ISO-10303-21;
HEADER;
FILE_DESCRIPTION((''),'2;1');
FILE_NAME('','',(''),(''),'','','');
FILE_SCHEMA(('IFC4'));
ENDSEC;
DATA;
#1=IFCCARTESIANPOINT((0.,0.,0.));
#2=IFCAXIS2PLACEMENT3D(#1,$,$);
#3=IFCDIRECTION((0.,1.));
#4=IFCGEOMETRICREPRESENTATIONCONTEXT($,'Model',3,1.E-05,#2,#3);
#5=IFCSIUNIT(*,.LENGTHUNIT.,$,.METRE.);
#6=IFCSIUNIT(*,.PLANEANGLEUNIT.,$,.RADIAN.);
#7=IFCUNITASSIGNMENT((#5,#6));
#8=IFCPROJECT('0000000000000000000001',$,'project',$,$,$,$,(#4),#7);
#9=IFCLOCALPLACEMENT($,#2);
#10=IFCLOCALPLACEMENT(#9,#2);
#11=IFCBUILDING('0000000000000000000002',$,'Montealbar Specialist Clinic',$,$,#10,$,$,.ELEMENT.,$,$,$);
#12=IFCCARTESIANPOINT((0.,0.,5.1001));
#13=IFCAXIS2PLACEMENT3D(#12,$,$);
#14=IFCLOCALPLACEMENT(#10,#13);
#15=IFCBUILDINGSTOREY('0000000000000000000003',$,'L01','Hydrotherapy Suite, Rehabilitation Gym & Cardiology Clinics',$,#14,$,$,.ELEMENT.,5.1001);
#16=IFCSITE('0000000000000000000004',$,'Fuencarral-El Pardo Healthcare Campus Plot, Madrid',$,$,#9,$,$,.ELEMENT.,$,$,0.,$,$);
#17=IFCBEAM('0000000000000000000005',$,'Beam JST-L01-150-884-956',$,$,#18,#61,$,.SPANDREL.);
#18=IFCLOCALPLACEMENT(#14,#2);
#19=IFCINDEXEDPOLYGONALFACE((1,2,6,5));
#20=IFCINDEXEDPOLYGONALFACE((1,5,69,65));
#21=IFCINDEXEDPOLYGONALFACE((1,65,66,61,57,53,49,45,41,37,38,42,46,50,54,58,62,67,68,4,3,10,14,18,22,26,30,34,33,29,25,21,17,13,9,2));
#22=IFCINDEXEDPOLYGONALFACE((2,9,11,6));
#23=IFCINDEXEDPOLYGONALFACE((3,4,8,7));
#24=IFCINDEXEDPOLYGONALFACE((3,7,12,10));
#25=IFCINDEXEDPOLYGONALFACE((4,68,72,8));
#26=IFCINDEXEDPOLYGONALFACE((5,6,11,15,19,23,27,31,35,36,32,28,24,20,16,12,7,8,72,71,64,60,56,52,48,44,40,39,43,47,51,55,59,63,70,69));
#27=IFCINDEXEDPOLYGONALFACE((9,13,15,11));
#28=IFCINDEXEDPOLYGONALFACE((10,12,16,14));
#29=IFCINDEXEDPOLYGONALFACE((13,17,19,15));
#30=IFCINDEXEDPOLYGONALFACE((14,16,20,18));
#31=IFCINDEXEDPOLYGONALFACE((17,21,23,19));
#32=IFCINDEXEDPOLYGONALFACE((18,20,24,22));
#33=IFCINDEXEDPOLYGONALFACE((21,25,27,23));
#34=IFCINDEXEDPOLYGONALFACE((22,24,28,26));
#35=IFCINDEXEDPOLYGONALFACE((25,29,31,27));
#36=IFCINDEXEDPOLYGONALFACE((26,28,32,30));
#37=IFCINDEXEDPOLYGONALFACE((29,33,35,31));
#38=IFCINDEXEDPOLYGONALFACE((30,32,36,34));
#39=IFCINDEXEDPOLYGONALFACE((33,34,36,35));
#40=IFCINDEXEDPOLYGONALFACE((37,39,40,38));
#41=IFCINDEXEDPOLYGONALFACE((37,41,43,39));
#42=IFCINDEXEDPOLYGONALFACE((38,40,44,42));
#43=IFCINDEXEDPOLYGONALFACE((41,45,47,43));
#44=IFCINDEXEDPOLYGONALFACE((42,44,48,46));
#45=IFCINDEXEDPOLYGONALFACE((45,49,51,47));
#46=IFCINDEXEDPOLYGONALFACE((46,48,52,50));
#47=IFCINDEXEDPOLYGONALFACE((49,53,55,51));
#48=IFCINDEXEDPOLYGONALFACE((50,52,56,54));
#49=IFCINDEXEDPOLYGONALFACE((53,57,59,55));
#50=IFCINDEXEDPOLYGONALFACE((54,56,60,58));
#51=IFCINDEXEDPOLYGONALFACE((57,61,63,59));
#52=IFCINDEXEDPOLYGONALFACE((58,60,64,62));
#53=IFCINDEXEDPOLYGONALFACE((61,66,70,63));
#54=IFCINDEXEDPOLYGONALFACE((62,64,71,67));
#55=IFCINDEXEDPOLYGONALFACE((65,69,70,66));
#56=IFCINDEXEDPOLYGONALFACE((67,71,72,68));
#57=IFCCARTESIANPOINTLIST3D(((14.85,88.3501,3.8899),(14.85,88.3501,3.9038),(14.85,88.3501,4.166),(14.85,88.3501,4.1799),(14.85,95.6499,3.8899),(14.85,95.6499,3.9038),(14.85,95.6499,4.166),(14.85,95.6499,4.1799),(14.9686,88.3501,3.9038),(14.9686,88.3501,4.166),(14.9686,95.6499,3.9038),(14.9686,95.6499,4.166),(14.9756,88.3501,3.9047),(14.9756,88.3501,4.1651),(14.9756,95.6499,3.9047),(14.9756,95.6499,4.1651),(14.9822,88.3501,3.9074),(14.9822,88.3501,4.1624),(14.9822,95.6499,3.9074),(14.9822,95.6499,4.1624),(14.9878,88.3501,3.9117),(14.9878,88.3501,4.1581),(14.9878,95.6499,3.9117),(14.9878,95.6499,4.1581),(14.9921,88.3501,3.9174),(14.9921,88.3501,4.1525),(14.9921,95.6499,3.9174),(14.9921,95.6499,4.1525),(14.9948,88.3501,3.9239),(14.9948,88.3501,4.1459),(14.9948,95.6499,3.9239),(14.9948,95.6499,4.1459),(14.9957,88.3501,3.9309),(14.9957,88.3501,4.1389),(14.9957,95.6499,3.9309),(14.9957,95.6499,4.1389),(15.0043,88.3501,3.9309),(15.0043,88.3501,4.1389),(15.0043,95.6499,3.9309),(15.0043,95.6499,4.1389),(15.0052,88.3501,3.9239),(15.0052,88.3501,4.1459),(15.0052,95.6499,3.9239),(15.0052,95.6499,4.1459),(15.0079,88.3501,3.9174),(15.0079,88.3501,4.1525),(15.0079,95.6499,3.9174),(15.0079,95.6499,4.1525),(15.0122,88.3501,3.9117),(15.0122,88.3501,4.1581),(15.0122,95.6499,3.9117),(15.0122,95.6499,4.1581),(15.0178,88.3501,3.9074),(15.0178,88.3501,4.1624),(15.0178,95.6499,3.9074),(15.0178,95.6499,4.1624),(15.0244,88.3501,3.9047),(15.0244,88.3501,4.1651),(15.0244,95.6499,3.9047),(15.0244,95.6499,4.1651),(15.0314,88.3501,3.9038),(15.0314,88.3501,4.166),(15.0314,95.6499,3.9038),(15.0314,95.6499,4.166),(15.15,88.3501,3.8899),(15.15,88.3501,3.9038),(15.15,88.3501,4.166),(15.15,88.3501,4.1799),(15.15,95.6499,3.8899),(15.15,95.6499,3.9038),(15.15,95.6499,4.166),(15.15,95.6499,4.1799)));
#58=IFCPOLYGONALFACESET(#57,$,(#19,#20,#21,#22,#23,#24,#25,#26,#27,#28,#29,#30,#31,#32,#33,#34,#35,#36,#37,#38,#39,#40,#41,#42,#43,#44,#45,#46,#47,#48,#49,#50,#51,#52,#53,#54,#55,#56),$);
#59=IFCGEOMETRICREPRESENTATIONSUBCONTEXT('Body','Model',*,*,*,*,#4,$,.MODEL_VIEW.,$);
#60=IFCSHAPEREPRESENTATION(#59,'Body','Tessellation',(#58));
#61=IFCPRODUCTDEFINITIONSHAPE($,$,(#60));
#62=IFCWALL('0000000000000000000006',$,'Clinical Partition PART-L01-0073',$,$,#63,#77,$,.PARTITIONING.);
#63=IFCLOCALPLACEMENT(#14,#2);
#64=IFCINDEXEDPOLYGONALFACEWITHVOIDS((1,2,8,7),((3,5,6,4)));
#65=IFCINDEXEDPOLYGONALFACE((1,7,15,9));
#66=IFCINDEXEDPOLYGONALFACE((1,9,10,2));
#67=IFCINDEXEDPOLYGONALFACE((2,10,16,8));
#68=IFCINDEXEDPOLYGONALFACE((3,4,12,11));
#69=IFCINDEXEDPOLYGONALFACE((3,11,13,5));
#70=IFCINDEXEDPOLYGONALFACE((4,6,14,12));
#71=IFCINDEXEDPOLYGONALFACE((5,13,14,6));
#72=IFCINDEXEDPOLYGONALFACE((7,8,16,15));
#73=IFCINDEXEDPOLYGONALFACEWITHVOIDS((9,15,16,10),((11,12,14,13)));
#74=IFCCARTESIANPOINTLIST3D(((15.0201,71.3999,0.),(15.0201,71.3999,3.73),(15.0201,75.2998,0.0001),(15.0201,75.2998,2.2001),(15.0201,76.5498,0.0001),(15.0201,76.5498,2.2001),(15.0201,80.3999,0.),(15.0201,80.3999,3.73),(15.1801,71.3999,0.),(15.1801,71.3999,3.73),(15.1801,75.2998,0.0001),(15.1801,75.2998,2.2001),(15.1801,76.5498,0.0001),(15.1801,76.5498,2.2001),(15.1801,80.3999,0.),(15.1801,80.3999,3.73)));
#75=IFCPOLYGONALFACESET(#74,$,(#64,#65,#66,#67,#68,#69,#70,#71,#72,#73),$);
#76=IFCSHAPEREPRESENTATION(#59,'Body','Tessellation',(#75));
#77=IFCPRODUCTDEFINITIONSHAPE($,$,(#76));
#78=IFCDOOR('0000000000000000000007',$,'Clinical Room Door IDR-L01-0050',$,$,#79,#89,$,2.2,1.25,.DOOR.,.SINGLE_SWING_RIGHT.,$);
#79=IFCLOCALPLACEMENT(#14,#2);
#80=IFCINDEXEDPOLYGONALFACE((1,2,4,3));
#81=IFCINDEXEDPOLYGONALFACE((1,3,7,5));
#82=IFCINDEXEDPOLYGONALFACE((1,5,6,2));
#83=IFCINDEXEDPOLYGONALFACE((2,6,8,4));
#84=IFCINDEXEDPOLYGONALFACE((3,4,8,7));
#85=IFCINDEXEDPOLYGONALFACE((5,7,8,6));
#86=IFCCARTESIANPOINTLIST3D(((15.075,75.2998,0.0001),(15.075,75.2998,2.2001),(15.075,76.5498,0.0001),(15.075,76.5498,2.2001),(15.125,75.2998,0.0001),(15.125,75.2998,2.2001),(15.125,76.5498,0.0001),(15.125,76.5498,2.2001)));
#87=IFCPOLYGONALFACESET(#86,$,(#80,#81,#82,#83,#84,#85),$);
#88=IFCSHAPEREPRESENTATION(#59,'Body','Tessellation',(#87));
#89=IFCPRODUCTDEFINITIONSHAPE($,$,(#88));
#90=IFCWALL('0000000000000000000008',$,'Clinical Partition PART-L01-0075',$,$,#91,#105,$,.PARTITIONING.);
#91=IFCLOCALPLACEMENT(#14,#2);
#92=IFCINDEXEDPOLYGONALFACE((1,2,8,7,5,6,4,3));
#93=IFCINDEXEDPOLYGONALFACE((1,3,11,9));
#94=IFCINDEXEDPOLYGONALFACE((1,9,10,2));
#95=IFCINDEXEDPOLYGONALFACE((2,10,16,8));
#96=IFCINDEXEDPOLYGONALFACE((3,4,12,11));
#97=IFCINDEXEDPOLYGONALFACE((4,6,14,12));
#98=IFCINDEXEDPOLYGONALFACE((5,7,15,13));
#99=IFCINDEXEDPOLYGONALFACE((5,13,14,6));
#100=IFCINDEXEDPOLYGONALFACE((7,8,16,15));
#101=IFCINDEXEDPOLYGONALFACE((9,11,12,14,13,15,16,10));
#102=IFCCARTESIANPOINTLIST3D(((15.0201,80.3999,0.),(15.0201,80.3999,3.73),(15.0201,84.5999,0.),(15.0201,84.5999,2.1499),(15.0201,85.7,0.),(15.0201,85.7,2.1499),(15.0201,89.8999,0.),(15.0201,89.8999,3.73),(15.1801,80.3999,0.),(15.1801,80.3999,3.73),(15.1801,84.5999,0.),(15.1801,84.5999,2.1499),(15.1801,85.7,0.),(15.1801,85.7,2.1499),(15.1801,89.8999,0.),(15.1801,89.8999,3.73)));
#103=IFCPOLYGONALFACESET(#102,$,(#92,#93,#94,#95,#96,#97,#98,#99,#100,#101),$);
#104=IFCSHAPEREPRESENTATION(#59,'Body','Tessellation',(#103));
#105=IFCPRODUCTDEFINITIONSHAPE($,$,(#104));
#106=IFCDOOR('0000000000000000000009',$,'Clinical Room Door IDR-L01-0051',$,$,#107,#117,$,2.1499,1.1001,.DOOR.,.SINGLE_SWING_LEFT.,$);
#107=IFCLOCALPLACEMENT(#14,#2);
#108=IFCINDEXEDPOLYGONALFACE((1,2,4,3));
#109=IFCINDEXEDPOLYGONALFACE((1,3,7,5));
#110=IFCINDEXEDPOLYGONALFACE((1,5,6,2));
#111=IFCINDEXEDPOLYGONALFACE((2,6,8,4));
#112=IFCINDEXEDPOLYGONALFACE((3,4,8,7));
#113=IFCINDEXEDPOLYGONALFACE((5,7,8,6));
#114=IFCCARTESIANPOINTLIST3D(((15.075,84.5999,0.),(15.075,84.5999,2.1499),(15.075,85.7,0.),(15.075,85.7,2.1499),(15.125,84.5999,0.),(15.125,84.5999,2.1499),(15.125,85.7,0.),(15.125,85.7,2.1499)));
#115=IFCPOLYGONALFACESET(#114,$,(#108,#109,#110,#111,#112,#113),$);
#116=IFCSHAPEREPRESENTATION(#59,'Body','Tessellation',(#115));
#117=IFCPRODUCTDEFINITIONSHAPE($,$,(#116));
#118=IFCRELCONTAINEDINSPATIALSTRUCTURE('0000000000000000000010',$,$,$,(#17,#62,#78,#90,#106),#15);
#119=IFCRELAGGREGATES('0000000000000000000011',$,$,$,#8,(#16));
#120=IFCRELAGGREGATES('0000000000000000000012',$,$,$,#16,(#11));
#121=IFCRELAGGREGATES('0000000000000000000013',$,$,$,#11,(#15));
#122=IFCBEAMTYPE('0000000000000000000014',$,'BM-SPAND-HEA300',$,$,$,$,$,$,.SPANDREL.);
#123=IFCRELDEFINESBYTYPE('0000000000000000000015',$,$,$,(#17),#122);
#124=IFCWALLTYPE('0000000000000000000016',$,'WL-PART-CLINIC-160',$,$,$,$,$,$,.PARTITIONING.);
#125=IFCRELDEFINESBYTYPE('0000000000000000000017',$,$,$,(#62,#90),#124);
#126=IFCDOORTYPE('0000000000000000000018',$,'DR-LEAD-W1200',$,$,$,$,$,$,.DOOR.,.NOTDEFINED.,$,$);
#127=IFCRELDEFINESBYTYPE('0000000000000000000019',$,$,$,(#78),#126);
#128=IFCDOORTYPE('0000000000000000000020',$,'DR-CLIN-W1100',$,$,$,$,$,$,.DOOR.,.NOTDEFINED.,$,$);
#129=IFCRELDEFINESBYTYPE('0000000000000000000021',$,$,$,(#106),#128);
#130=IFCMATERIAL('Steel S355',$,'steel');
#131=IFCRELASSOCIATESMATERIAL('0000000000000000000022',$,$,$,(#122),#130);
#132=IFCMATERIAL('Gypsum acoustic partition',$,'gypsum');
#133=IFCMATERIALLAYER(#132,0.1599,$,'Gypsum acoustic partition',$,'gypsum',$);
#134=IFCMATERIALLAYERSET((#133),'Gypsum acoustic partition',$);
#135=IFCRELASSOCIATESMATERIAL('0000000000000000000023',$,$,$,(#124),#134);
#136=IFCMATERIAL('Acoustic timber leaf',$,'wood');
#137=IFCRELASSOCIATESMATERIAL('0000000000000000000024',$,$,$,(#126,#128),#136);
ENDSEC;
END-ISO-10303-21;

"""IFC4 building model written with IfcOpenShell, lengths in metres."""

from ifc_helpers import new_model, si_unit, direction, frame, frame_2d, origin, origin_2d, place, context, subcontext, project, spatial, rectangle, i_section, extrude, material, layer, layer_set, material_profile, profile_set, type_object, element, fill, save


model = new_model("IFC4")

# Units and contexts
model_context = context("Model", 3, precision=1e-05, world=origin(), true_north=direction((0.0, 1.0)))
body_context = subcontext(model_context, "Body", "Model", "MODEL_VIEW")
ifc_project = project(units=[si_unit("LENGTHUNIT", "METRE"), si_unit("PLANEANGLEUNIT", "RADIAN")], contexts=[model_context])

# Site, building, storey
site_placement = place(None, origin())
site = spatial("IfcSite", under=ifc_project, at=site_placement, Name="Fuencarral-El Pardo Healthcare Campus Plot, Madrid", CompositionType="ELEMENT", RefElevation=0.0)
building_placement = place(site_placement, origin())
building = spatial("IfcBuilding", under=site, at=building_placement, Name="Montealbar Specialist Clinic", CompositionType="ELEMENT")
storey_placement = place(building_placement, frame((0.0, 0.0, 5.1001)))
storey = spatial("IfcBuildingStorey", under=building, at=storey_placement, Name="L01", Description="Hydrotherapy Suite, Rehabilitation Gym & Cardiology Clinics", CompositionType="ELEMENT", Elevation=5.1001)

# Beam
ifc_material_1 = material(Name="Steel S355", Category="steel")
ifc_material_profile_1 = material_profile(ifc_material_1, i_section(OverallWidth=0.3, OverallDepth=0.29, WebThickness=0.0085, FlangeThickness=0.0139, FilletRadius=0.0271, at=origin_2d()), Name="HEA 300", Category="steel")
ifc_profile_set_1 = profile_set([ifc_material_profile_1], Name="Steel S355")
beam_type_1 = type_object("IfcBeamType", Name="BM-SPAND-HEA300", PredefinedType="SPANDREL", material=ifc_profile_set_1)
beam_1_placement = place(storey_placement, frame((15.0, 88.3501, 4.0349), z_axis=(0.0, 1.0, 0.0), x_axis=(-1.0, 0.0, 0.0)))
element("IfcBeam", 1, at=beam_1_placement, inside=storey, type_object=beam_type_1, Name="Beam JST-L01-150-884-956", PredefinedType="SPANDREL", context=body_context, shape_type="SweptSolid", body=[
    extrude(i_section(OverallWidth=0.3, OverallDepth=0.29, WebThickness=0.0085, FlangeThickness=0.0139, FilletRadius=0.0271, at=origin_2d()), origin(), (0.0, 0.0, 1.0), 7.2998),
])

# Walls, openings, doors
ifc_material_2 = material(Name="Gypsum acoustic partition", Category="gypsum")
ifc_layer = layer(ifc_material_2, 0.1599, Name="Gypsum acoustic partition", Category="gypsum")
ifc_layer_set = layer_set([ifc_layer], Name="Gypsum acoustic partition")
wall_type = type_object("IfcWallType", Name="WL-PART-CLINIC-160", PredefinedType="PARTITIONING", material=ifc_layer_set)
wall_1_placement = place(storey_placement, frame((15.1001, 71.3999, 0.0), z_axis=(0.0, 0.0, 1.0), x_axis=(0.0, 1.0, 0.0)))
wall_1 = element("IfcWall", 2, at=wall_1_placement, inside=storey, type_object=wall_type, Name="Clinical Partition PART-L01-0073", PredefinedType="PARTITIONING", context=body_context, shape_type="SweptSolid", body=[
    extrude(rectangle(XDim=9.0, YDim=0.1599, at=frame_2d((4.5, 0.0))), origin(), (0.0, 0.0, 1.0), 3.73),
])
opening_1_placement = place(wall_1_placement, frame((3.8999, 0.0, 0.0)))
opening_1 = element("IfcOpeningElement", 3, at=opening_1_placement, cuts=wall_1, PredefinedType="OPENING", context=body_context, shape_type="SweptSolid", body=[
    extrude(rectangle(XDim=1.25, YDim=2.2, at=frame_2d((0.625, 1.1001))), frame((0.0, 0.0898, 0.0), z_axis=(0.0, -1.0, 0.0), x_axis=(1.0, 0.0, 0.0)), (0.0, 0.0, 1.0), 0.1799),
])
ifc_material_3 = material(Name="Acoustic timber leaf", Category="wood")
door_type_1 = type_object("IfcDoorType", Name="DR-LEAD-W1200", OperationType="NOTDEFINED", PredefinedType="DOOR", material=ifc_material_3)
door_1_placement = place(opening_1_placement, frame((1.25, 0.0, 0.0), z_axis=(0.0, 0.0, 1.0), x_axis=(-1.0, 0.0, 0.0)))
door_1 = element("IfcDoor", 4, at=door_1_placement, inside=storey, type_object=door_type_1, Name="Clinical Room Door IDR-L01-0050", OperationType="SINGLE_SWING_RIGHT", OverallHeight=2.2, OverallWidth=1.25, PredefinedType="DOOR", context=body_context, shape_type="SweptSolid", body=[
    extrude(rectangle(XDim=1.25, YDim=2.2, at=frame_2d((0.625, 1.1001))), frame((0.0, 0.0249, 0.0), z_axis=(0.0, -1.0, 0.0), x_axis=(1.0, 0.0, 0.0)), (0.0, 0.0, 1.0), 0.05),
])
fill(opening_1, door_1)
wall_2_placement = place(storey_placement, frame((15.1001, 80.3999, 0.0), z_axis=(0.0, 0.0, 1.0), x_axis=(0.0, 1.0, 0.0)))
wall_2 = element("IfcWall", 5, at=wall_2_placement, inside=storey, type_object=wall_type, Name="Clinical Partition PART-L01-0075", PredefinedType="PARTITIONING", context=body_context, shape_type="SweptSolid", body=[
    extrude(rectangle(XDim=9.5, YDim=0.1599, at=frame_2d((4.75, 0.0))), origin(), (0.0, 0.0, 1.0), 3.73),
])
opening_2_placement = place(wall_2_placement, frame((4.2, 0.0, 0.0)))
opening_2 = element("IfcOpeningElement", 6, at=opening_2_placement, cuts=wall_2, PredefinedType="OPENING", context=body_context, shape_type="SweptSolid", body=[
    extrude(rectangle(XDim=1.1001, YDim=2.1499, at=frame_2d((0.55, 1.075))), frame((0.0, 0.0898, 0.0), z_axis=(0.0, -1.0, 0.0), x_axis=(1.0, 0.0, 0.0)), (0.0, 0.0, 1.0), 0.1799),
])
door_type_2 = type_object("IfcDoorType", Name="DR-CLIN-W1100", OperationType="NOTDEFINED", PredefinedType="DOOR", material=ifc_material_3)
door_2_placement = place(opening_2_placement, frame((1.1001, 0.0, 0.0), z_axis=(0.0, 0.0, 1.0), x_axis=(-1.0, 0.0, 0.0)))
door_2 = element("IfcDoor", 7, at=door_2_placement, inside=storey, type_object=door_type_2, Name="Clinical Room Door IDR-L01-0051", OperationType="SINGLE_SWING_LEFT", OverallHeight=2.1499, OverallWidth=1.1001, PredefinedType="DOOR", context=body_context, shape_type="SweptSolid", body=[
    extrude(rectangle(XDim=1.1001, YDim=2.1499, at=frame_2d((0.55, 1.075))), frame((0.0, 0.0249, 0.0), z_axis=(0.0, -1.0, 0.0), x_axis=(1.0, 0.0, 0.0)), (0.0, 0.0, 1.0), 0.05),
])
fill(opening_2, door_2)

save(model, "model.ifc")
